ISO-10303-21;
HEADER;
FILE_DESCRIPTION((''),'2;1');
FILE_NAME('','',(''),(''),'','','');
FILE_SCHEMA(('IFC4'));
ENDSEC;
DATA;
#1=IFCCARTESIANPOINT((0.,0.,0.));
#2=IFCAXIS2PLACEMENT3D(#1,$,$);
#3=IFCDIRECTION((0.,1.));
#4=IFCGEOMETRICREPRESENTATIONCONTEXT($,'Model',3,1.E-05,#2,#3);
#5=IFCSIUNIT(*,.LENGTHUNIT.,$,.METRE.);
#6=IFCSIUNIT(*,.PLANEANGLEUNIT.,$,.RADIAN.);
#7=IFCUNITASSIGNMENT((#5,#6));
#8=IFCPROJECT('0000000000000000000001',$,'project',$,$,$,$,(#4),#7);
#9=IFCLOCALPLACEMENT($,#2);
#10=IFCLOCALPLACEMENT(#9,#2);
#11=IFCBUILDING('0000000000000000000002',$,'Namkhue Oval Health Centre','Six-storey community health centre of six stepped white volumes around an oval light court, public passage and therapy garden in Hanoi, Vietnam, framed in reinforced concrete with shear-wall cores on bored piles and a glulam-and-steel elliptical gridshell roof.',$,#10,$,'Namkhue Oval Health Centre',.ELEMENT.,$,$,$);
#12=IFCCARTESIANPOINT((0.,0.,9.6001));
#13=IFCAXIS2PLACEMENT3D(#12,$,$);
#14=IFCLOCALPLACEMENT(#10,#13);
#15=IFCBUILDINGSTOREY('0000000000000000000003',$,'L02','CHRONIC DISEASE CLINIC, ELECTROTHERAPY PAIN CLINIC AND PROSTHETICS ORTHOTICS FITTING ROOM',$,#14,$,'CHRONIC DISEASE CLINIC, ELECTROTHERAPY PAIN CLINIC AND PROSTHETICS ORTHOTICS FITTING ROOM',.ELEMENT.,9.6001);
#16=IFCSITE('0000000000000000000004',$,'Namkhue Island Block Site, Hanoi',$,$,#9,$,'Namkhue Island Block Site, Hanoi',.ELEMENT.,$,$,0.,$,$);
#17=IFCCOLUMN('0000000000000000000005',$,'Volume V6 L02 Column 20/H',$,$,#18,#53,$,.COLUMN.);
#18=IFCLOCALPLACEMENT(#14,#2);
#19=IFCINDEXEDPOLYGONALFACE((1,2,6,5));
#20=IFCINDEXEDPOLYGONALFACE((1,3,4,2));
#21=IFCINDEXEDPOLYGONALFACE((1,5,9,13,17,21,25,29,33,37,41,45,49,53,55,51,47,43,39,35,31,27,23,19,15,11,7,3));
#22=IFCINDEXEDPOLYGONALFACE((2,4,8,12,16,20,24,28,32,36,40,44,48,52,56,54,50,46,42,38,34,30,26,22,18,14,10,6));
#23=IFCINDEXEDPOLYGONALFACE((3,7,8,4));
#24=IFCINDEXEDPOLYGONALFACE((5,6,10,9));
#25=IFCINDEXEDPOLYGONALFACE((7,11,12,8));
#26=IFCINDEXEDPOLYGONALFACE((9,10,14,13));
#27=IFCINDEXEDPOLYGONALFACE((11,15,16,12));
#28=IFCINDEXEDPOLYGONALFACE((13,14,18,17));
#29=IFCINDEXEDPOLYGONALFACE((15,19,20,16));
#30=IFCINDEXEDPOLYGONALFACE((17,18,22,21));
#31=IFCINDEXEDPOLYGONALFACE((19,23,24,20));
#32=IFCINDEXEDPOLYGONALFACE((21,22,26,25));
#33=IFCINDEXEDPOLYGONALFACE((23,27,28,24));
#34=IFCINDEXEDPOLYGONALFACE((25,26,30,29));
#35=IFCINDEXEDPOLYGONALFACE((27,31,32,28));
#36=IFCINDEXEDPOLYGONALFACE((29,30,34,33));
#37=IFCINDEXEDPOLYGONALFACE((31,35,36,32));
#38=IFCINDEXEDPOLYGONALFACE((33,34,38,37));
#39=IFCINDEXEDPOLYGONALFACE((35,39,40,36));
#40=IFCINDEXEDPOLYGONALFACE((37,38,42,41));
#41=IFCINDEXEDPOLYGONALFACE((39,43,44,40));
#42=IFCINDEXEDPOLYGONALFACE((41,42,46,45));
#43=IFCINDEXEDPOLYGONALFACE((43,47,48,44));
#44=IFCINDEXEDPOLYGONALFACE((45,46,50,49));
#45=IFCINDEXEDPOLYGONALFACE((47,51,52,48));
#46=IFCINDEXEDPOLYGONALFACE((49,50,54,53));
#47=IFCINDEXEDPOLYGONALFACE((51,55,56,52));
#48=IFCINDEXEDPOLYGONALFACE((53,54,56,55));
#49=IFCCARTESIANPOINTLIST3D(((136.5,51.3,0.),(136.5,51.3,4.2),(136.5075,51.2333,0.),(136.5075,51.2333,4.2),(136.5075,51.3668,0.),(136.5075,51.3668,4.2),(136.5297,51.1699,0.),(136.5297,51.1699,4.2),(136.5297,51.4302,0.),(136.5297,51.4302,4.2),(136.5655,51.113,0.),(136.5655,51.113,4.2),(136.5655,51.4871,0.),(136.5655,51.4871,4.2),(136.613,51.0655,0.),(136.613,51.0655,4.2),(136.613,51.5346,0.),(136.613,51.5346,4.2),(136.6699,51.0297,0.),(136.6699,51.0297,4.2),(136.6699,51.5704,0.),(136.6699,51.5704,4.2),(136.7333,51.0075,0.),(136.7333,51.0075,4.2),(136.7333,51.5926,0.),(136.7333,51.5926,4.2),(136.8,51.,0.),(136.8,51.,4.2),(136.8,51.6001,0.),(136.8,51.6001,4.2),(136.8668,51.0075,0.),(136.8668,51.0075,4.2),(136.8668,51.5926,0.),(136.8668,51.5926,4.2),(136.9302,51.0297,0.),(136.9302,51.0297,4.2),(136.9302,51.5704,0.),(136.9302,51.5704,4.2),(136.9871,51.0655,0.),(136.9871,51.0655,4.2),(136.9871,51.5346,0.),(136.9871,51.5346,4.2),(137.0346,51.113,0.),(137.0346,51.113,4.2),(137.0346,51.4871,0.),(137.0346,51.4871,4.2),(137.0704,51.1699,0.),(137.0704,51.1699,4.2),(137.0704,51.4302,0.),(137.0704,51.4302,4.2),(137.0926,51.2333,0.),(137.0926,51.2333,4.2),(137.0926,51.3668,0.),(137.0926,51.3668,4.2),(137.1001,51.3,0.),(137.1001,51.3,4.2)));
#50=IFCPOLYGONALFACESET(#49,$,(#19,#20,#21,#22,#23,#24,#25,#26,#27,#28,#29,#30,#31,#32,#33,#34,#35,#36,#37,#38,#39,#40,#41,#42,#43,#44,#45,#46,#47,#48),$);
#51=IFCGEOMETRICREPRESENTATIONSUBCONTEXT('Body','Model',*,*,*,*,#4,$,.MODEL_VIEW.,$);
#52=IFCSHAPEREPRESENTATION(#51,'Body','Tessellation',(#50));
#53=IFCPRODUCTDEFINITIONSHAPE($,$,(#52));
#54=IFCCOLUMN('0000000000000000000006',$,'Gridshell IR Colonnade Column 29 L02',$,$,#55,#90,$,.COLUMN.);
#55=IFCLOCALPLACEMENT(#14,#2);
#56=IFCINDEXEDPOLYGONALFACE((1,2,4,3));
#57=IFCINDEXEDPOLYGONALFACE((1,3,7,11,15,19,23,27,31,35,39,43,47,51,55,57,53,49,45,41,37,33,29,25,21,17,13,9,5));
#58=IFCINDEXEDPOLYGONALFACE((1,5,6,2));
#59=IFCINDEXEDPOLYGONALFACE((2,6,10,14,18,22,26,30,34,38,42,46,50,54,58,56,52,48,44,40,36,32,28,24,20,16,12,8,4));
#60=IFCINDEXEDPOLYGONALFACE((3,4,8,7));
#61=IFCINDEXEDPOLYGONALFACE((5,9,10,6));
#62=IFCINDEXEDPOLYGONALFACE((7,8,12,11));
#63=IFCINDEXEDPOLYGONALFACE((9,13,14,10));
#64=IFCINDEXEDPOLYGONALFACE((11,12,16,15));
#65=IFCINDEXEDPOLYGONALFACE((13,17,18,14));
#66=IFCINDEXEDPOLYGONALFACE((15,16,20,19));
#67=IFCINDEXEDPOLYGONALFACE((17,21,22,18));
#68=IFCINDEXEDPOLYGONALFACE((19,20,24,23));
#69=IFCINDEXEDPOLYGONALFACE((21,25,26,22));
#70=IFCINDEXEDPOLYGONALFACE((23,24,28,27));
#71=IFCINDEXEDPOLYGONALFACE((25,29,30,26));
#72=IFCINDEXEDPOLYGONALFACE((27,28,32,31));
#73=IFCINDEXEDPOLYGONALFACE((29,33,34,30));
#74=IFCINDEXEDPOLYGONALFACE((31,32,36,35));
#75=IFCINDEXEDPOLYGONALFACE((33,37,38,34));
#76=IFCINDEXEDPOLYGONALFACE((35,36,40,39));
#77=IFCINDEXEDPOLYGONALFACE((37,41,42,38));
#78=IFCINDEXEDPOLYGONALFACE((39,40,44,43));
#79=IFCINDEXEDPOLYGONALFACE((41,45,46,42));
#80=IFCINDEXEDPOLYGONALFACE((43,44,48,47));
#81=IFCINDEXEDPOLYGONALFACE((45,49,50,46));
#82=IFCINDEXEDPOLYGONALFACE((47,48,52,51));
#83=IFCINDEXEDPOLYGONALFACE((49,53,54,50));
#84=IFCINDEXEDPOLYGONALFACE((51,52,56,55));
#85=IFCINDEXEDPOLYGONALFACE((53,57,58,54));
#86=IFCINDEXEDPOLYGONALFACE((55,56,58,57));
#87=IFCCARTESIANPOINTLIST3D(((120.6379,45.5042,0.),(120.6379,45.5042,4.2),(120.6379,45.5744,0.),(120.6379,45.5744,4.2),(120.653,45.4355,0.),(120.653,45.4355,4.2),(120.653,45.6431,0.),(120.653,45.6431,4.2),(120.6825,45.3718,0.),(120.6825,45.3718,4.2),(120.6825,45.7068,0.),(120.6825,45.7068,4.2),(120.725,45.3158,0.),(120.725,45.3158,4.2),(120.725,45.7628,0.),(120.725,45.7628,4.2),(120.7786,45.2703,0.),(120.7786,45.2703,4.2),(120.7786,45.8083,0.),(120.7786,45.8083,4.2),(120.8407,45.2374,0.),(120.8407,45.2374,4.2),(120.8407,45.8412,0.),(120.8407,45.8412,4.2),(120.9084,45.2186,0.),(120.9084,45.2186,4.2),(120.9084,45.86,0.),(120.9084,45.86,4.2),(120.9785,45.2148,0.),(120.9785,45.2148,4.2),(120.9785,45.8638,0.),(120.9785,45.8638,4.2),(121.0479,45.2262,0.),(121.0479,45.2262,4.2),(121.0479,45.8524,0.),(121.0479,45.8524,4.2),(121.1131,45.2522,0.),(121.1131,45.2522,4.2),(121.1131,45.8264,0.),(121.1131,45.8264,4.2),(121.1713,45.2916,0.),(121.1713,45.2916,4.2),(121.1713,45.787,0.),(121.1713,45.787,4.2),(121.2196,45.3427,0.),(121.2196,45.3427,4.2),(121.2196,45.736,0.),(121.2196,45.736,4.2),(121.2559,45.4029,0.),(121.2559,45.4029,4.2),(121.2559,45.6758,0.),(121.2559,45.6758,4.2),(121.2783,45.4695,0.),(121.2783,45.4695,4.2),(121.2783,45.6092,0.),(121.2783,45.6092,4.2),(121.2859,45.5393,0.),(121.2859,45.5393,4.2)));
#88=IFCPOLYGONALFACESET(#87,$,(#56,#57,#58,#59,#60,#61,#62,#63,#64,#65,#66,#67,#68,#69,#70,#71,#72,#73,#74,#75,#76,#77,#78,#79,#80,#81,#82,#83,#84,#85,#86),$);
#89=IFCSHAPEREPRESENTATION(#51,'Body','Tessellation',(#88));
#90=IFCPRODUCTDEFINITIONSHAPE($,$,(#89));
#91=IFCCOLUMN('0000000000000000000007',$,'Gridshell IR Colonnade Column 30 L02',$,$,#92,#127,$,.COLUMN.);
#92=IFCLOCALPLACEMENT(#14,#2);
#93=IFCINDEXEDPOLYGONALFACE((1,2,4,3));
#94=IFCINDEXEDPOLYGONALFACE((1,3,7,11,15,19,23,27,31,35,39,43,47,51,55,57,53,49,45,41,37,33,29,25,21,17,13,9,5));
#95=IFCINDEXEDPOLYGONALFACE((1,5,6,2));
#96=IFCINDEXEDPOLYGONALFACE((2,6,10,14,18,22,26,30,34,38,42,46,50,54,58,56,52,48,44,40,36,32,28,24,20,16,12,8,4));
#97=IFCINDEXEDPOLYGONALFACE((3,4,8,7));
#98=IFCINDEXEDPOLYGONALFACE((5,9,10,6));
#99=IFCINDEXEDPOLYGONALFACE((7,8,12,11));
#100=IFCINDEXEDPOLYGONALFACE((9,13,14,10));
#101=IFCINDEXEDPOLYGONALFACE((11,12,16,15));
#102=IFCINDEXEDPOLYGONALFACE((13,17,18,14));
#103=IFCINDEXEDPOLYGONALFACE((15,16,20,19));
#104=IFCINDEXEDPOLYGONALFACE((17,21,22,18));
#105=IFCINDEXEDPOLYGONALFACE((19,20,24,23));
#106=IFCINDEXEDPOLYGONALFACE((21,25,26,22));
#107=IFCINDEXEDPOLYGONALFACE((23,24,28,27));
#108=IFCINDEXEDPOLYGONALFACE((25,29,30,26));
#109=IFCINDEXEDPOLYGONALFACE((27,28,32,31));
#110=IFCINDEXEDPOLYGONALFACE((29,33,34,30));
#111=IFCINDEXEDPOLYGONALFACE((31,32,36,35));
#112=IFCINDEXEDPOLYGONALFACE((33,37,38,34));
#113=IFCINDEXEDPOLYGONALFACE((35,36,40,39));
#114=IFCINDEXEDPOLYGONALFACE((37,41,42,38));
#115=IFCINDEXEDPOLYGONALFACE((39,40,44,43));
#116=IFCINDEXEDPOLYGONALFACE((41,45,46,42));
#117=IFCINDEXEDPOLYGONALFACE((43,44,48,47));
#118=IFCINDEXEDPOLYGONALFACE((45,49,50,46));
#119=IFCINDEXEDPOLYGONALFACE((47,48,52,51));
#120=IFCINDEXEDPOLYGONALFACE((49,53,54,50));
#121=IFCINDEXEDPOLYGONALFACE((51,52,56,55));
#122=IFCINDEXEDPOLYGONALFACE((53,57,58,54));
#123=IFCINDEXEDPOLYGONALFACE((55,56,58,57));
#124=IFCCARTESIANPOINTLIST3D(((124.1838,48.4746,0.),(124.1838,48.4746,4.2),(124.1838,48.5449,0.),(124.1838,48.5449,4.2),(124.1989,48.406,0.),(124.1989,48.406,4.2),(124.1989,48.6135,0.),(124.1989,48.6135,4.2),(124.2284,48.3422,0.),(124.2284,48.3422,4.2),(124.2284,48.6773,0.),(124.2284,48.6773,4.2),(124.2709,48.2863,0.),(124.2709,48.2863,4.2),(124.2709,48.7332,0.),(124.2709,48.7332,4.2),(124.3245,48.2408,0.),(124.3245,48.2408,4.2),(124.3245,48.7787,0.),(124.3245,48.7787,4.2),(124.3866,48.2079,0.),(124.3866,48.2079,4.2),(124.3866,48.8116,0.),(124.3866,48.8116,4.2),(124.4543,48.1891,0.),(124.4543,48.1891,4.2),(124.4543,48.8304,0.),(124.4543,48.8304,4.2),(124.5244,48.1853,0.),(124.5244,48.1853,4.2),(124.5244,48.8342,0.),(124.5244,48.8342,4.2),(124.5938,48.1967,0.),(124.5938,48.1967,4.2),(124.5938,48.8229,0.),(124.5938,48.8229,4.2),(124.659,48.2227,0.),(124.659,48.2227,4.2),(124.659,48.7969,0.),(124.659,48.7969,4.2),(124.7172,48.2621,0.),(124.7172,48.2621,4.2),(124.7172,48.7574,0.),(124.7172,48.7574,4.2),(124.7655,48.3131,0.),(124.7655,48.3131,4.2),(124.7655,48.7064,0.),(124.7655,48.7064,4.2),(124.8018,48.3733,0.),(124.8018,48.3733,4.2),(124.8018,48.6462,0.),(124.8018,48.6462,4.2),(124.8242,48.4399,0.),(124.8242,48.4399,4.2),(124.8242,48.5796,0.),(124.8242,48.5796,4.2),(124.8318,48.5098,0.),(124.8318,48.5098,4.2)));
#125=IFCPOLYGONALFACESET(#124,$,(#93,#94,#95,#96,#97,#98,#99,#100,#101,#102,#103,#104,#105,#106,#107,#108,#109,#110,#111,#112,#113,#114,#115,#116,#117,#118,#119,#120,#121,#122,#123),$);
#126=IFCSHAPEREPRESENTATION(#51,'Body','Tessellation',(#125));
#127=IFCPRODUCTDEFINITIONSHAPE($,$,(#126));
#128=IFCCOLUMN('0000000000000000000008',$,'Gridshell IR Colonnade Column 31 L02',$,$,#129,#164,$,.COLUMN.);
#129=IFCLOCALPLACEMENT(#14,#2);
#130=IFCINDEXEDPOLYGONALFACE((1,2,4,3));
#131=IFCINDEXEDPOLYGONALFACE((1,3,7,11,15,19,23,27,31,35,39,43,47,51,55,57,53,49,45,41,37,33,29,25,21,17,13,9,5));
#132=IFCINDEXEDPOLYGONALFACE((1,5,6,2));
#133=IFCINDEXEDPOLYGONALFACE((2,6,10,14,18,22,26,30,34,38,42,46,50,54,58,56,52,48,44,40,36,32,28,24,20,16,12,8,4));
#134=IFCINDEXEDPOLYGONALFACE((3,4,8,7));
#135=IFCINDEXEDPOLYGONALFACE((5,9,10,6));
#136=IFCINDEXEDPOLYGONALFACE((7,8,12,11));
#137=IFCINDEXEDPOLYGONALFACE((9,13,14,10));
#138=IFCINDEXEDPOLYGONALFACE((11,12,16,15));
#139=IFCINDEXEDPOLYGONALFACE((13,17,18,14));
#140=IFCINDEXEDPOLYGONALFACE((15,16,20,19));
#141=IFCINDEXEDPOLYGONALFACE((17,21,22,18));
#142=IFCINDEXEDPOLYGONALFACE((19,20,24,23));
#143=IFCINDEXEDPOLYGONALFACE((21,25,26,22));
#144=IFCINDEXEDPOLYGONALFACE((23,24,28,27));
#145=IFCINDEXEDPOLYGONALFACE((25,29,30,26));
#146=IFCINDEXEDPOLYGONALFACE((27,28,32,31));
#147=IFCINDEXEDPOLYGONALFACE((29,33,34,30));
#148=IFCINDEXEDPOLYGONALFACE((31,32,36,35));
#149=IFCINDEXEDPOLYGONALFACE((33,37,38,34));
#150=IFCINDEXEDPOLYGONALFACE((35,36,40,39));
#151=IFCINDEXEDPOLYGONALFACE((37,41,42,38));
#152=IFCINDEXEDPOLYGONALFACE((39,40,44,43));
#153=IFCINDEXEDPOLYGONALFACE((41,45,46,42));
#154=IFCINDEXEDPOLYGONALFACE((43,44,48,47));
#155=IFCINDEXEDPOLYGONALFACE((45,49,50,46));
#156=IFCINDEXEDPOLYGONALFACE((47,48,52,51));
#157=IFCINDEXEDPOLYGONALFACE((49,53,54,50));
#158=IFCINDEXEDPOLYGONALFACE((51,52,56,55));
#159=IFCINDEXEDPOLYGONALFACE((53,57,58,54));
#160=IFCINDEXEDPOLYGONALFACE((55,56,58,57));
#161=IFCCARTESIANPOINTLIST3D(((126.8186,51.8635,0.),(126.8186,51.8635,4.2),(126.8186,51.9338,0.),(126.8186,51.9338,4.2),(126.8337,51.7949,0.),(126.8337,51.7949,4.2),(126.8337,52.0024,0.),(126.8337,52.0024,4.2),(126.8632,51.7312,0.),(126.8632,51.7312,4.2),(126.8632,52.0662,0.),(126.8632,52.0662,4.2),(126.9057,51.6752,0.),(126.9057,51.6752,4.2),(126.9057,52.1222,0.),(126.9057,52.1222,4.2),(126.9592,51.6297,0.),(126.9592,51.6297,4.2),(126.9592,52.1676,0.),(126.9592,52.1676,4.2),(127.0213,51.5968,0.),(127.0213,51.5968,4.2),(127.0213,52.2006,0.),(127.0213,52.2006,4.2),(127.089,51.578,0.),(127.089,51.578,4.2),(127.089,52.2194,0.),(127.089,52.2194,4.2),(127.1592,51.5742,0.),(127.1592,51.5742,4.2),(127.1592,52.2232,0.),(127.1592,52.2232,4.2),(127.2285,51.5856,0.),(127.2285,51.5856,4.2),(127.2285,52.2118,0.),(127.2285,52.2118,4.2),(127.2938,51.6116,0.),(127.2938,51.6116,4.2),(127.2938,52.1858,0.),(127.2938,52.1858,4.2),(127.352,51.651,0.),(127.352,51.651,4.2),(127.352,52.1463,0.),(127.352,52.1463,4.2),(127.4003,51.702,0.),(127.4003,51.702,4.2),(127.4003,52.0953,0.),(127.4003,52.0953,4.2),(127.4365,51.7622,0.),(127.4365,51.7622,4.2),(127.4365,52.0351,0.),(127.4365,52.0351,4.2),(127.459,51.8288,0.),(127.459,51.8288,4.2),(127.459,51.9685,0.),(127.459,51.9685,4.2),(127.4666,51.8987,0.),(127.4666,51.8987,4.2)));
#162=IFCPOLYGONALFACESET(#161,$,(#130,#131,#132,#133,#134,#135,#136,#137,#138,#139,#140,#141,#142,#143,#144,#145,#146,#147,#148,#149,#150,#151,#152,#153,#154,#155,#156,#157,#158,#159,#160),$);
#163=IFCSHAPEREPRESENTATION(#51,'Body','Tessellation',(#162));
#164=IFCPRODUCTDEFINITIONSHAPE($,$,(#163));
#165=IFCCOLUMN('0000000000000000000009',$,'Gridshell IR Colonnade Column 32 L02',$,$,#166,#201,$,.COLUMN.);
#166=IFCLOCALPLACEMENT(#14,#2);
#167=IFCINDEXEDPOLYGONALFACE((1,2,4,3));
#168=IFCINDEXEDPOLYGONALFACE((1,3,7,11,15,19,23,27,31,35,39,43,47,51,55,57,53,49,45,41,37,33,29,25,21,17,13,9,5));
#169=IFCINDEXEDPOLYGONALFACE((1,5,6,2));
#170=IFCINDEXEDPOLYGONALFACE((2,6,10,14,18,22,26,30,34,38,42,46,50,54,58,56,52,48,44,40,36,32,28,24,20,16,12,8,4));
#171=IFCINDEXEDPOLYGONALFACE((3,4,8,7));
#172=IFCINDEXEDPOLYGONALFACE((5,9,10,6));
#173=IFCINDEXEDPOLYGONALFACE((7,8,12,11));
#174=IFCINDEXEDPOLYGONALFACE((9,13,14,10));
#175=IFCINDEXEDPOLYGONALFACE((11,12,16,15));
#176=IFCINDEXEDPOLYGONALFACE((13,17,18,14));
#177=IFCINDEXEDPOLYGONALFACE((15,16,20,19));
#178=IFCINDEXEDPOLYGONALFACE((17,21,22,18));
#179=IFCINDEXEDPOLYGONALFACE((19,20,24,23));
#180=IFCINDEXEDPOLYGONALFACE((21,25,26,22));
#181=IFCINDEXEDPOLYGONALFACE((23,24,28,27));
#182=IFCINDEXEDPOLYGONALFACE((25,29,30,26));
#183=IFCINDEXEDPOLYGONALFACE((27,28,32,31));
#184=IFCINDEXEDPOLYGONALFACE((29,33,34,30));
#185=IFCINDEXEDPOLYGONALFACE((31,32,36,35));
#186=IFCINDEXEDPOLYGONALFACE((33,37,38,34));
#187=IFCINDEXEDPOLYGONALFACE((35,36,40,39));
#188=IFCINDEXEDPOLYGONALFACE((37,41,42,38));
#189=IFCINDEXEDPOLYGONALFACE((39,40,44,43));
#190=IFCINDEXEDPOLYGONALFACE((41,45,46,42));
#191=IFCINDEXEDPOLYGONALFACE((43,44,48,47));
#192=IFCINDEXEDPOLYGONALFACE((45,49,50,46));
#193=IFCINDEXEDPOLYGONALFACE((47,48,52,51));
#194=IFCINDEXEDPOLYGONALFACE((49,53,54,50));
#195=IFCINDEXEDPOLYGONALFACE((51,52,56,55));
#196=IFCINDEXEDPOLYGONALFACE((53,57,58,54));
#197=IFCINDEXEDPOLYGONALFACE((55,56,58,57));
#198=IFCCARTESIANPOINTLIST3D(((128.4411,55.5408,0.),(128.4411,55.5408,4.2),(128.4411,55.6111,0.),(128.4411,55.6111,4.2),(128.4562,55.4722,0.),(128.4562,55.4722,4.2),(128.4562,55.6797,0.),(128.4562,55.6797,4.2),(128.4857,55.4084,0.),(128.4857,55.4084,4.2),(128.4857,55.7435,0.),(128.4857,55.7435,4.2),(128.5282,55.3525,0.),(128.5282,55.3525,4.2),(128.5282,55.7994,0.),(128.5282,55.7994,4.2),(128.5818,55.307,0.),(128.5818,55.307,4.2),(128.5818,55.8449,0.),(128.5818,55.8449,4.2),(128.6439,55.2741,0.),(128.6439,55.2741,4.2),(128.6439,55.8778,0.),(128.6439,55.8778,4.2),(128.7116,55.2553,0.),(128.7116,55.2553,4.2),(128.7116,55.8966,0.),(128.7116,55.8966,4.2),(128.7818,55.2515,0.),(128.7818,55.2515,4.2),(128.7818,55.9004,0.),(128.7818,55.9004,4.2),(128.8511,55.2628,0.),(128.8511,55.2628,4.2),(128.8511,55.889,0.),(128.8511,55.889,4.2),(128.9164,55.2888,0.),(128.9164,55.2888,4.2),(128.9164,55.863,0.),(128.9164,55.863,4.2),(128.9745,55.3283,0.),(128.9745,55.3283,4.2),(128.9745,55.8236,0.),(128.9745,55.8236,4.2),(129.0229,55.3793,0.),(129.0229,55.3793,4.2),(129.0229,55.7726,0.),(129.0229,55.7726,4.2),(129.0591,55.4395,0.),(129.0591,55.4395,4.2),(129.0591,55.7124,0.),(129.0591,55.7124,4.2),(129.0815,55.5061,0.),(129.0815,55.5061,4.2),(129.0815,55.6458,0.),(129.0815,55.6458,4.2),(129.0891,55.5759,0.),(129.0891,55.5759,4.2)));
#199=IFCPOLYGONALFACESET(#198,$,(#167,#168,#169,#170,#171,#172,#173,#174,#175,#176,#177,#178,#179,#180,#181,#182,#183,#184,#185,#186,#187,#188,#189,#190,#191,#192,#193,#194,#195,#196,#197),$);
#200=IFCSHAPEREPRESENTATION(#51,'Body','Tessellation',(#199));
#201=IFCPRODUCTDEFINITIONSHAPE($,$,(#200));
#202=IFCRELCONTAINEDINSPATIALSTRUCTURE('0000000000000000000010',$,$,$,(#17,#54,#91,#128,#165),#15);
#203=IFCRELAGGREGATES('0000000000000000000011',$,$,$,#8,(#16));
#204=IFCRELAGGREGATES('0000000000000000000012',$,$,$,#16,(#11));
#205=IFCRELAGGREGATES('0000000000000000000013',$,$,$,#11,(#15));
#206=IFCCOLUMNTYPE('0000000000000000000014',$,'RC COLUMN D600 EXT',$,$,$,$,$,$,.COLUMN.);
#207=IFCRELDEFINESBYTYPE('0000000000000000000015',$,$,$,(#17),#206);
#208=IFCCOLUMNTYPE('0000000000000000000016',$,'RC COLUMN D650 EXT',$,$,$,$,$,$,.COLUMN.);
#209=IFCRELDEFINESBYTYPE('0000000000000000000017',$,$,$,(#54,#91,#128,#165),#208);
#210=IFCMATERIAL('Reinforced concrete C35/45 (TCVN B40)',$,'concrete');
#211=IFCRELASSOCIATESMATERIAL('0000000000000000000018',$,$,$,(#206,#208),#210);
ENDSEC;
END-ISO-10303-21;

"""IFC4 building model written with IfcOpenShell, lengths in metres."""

from ifc_helpers import new_model, si_unit, direction, frame, origin, origin_2d, place, context, subcontext, project, spatial, circle, extrude, material, material_profile, profile_set, type_object, element, save


model = new_model("IFC4")

# Units and contexts
model_context = context("Model", 3, precision=1e-05, world=origin(), true_north=direction((0.0, 1.0)))
body_context = subcontext(model_context, "Body", "Model", "MODEL_VIEW")
ifc_project = project(units=[si_unit("LENGTHUNIT", "METRE"), si_unit("PLANEANGLEUNIT", "RADIAN")], contexts=[model_context])

# Site, building, storey
site_placement = place(None, origin())
site = spatial("IfcSite", under=ifc_project, at=site_placement, Name="Namkhue Island Block Site, Hanoi", LongName="Namkhue Island Block Site, Hanoi", CompositionType="ELEMENT", RefElevation=0.0)
building_placement = place(site_placement, origin())
building = spatial("IfcBuilding", under=site, at=building_placement, Name="Namkhue Oval Health Centre", Description="Six-storey community health centre of six stepped white volumes around an oval light court, public passage and therapy garden in Hanoi, Vietnam, framed in reinforced concrete with shear-wall cores on bored piles and a glulam-and-steel elliptical gridshell roof.", LongName="Namkhue Oval Health Centre", CompositionType="ELEMENT")
storey_placement = place(building_placement, frame((0.0, 0.0, 9.6001)))
storey = spatial("IfcBuildingStorey", under=building, at=storey_placement, Name="L02", Description="CHRONIC DISEASE CLINIC, ELECTROTHERAPY PAIN CLINIC AND PROSTHETICS ORTHOTICS FITTING ROOM", LongName="CHRONIC DISEASE CLINIC, ELECTROTHERAPY PAIN CLINIC AND PROSTHETICS ORTHOTICS FITTING ROOM", CompositionType="ELEMENT", Elevation=9.6001)

# Columns
ifc_material_1 = material(Name="Reinforced concrete C35/45 (TCVN B40)", Category="concrete")
ifc_material_profile_1 = material_profile(ifc_material_1, circle(Radius=0.3, at=origin_2d()), Name="RC D600")
ifc_profile_set_1 = profile_set([ifc_material_profile_1], Name="Reinforced concrete C35/45 (TCVN B40)")
column_type_1 = type_object("IfcColumnType", Name="RC COLUMN D600 EXT", PredefinedType="COLUMN", material=ifc_profile_set_1)
column_placement = place(storey_placement, frame((136.8, 51.3, 0.0), z_axis=(0.0, 0.0, 1.0), x_axis=(1.0, 0.0, 0.0)))
element("IfcColumn", 1, at=column_placement, inside=storey, type_object=column_type_1, Name="Volume V6 L02 Column 20/H", PredefinedType="COLUMN", context=body_context, shape_type="SweptSolid", body=[
    extrude(circle(Radius=0.3, at=origin_2d()), origin(), (0.0, 0.0, 1.0), 4.2),
])
ifc_material_profile_2 = material_profile(ifc_material_1, circle(Radius=0.325, at=origin_2d()), Name="RC D650")
ifc_profile_set_2 = profile_set([ifc_material_profile_2], Name="Reinforced concrete C35/45 (TCVN B40)")
column_type_2 = type_object("IfcColumnType", Name="RC COLUMN D650 EXT", PredefinedType="COLUMN", material=ifc_profile_set_2)
for number, where, z_axis, x_axis, name in (
    (2, (120.9609, 45.5393, 0.0), (0.0, 0.0, 1.0), (1.0, 0.0, 0.0), "Gridshell IR Colonnade Column 29 L02"),
    (3, (124.5068, 48.5098, 0.0), (0.0, 0.0, 1.0), (1.0, 0.0, 0.0), "Gridshell IR Colonnade Column 30 L02"),
    (4, (127.1416, 51.8987, 0.0), (0.0, 0.0, 1.0), (1.0, 0.0, 0.0), "Gridshell IR Colonnade Column 31 L02"),
    (5, (128.7642, 55.5759, 0.0), (0.0, 0.0, 1.0), (1.0, 0.0, 0.0), "Gridshell IR Colonnade Column 32 L02"),
):
    element("IfcColumn", number, at=place(storey_placement, frame(where, z_axis=z_axis, x_axis=x_axis)), inside=storey, type_object=column_type_2, Name=name, PredefinedType="COLUMN", context=body_context, shape_type="SweptSolid", body=[
        extrude(circle(Radius=0.325, at=origin_2d()), origin(), (0.0, 0.0, 1.0), 4.2),
    ])

save(model, "model.ifc")
